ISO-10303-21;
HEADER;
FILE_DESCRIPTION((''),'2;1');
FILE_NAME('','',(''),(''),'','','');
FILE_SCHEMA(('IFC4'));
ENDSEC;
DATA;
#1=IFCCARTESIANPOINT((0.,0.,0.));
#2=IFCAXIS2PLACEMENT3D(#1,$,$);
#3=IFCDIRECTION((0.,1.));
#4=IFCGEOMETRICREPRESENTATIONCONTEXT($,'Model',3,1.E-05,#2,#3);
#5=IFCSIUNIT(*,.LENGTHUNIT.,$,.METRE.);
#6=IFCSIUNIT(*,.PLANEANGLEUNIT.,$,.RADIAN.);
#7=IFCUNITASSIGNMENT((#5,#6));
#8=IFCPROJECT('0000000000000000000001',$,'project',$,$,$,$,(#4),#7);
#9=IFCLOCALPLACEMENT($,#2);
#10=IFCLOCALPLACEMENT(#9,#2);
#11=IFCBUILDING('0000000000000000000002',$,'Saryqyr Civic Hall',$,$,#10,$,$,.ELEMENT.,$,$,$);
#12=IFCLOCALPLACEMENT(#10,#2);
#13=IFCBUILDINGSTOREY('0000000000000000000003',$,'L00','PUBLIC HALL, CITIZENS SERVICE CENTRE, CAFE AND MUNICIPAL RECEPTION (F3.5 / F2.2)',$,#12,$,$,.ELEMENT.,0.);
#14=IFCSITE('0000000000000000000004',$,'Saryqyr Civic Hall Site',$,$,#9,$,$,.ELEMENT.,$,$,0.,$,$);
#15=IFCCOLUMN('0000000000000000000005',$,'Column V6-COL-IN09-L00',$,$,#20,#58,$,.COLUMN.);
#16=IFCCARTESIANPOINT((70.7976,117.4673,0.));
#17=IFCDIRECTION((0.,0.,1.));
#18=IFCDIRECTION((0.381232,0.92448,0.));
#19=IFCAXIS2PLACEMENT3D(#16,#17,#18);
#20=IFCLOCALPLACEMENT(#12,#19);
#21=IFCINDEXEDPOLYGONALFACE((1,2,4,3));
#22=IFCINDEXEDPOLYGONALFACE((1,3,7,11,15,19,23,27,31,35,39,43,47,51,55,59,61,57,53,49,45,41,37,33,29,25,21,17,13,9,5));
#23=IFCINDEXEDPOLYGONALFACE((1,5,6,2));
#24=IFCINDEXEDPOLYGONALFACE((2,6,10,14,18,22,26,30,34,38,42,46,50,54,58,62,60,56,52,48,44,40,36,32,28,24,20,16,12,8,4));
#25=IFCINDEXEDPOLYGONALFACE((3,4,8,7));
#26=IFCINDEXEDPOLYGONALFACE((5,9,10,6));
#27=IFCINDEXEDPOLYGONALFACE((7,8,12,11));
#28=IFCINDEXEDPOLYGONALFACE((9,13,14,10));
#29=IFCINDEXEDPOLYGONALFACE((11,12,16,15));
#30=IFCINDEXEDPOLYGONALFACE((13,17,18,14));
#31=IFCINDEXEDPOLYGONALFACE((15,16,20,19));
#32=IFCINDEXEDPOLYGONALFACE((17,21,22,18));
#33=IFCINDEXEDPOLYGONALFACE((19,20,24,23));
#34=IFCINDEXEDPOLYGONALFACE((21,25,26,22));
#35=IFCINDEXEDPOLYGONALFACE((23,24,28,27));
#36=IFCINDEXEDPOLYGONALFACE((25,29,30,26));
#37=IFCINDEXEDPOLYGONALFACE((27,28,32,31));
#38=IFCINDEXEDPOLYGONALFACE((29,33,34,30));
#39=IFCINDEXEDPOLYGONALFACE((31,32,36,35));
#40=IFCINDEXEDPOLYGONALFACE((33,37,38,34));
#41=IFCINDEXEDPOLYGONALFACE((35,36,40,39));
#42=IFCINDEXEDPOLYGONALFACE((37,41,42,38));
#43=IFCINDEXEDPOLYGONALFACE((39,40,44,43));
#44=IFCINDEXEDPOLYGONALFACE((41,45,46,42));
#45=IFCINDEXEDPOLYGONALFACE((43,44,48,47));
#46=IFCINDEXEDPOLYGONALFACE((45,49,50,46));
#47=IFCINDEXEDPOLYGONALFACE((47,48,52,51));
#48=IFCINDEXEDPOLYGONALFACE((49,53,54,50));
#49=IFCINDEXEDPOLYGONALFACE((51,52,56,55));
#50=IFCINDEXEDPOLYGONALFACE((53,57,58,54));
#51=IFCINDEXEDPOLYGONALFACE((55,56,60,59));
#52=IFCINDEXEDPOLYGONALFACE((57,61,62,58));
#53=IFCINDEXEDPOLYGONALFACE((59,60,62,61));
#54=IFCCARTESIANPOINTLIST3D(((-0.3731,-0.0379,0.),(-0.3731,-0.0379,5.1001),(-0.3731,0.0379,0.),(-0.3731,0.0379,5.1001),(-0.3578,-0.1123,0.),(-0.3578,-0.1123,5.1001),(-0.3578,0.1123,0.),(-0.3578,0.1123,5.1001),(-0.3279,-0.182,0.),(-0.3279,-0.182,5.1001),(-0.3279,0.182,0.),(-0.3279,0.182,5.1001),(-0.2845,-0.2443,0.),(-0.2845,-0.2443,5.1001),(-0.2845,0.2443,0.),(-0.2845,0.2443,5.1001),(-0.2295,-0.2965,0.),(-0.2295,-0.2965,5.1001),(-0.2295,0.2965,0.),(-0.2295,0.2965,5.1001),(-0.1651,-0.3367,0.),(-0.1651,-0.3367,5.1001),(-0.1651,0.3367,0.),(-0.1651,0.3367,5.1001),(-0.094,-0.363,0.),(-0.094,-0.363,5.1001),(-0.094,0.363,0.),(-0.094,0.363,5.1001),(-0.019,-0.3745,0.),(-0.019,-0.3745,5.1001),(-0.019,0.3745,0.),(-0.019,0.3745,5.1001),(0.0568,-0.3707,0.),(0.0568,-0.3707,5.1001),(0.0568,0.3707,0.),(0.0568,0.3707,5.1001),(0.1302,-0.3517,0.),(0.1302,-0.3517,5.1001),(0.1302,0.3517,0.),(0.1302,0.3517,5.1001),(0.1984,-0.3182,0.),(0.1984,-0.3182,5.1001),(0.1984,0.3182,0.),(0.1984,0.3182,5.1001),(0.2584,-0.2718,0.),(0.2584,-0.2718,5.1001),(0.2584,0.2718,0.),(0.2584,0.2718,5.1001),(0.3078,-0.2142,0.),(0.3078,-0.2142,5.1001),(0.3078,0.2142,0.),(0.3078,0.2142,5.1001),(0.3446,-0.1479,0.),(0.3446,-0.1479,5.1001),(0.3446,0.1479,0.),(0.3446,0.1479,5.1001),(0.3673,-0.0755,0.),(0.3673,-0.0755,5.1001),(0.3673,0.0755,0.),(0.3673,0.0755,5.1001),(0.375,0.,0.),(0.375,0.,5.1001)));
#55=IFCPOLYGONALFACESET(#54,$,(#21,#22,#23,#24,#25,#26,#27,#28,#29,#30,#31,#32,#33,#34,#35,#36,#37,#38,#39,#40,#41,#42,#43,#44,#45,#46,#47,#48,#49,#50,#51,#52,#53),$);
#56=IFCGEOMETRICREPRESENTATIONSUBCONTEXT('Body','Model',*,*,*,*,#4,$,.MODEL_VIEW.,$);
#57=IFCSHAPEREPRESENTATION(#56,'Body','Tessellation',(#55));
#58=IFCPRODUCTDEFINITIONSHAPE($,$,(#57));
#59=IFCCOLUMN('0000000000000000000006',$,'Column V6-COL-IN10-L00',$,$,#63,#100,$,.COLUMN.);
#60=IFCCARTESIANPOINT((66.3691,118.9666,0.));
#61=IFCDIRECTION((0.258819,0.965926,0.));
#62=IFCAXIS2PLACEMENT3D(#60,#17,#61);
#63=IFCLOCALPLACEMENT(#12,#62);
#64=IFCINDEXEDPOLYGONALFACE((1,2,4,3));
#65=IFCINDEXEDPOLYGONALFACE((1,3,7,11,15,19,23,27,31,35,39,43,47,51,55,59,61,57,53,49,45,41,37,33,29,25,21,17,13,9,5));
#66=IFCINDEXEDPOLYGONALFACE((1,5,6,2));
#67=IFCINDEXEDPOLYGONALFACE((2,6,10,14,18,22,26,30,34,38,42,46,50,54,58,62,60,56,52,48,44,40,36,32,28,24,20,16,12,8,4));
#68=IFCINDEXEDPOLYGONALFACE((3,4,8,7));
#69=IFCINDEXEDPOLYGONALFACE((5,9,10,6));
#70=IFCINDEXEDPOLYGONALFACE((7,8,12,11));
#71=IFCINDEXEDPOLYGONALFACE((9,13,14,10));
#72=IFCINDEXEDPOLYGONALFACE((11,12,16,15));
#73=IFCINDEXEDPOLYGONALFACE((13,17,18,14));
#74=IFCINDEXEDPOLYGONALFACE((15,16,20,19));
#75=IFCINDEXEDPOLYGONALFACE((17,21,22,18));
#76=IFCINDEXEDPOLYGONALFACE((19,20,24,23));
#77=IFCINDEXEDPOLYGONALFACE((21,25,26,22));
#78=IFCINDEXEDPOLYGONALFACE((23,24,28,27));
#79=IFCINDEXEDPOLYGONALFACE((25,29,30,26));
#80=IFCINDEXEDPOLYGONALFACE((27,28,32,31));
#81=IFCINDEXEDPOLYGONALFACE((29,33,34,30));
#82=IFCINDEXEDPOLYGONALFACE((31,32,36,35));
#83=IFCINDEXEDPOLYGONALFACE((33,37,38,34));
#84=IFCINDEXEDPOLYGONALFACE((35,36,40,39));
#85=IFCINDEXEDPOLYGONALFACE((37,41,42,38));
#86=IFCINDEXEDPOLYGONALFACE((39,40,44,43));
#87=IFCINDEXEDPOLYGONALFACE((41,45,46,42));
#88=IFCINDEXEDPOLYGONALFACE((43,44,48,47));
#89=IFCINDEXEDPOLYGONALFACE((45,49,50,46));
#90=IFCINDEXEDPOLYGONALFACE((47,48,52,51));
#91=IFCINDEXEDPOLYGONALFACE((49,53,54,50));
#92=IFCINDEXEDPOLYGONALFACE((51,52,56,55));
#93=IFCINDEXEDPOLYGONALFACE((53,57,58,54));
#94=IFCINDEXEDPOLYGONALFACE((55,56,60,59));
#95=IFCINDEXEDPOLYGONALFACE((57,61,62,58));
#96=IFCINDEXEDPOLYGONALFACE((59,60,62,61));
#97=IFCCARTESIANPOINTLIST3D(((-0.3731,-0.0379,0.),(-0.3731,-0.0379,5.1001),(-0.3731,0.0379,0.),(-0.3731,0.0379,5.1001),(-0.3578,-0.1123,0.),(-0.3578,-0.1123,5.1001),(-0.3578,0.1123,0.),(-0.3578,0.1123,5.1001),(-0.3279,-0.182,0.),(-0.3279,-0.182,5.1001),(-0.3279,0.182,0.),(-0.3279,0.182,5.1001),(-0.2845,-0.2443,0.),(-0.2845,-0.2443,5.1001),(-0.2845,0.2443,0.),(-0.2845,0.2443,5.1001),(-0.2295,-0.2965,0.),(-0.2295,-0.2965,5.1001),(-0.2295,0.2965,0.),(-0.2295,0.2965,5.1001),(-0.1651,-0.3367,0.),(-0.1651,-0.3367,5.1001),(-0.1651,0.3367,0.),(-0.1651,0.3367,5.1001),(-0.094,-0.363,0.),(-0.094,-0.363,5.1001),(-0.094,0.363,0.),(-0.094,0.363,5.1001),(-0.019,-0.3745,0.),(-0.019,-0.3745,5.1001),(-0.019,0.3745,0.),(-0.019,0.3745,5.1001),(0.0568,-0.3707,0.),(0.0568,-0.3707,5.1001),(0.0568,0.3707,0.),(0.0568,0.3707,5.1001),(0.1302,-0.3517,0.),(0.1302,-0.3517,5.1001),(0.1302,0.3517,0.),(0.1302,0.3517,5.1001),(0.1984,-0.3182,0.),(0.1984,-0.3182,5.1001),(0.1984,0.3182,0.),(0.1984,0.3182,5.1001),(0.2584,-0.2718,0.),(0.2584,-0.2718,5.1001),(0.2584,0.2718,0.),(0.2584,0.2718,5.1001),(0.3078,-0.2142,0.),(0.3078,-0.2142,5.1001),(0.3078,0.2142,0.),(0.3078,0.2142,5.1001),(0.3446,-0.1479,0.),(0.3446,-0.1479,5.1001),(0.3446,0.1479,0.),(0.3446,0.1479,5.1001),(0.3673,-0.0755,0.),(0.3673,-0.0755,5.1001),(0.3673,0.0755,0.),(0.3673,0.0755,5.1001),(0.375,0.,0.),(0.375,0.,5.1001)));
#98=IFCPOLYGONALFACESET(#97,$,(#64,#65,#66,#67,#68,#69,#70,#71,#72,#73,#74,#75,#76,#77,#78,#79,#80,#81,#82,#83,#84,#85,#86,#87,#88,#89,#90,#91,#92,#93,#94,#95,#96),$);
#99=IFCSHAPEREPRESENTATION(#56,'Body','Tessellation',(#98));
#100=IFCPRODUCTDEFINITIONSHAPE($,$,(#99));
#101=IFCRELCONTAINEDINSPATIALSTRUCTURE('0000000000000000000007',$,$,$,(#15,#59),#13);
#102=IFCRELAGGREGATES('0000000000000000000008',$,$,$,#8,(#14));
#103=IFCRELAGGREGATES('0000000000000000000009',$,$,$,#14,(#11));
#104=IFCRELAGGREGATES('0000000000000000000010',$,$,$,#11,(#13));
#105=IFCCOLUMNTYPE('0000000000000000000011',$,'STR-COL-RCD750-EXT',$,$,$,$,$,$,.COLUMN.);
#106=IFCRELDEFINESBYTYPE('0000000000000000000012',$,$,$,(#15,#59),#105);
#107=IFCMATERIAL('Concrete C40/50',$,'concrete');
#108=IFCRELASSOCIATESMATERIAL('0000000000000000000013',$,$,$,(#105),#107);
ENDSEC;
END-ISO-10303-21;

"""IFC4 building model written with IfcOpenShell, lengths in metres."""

from ifc_helpers import new_model, si_unit, direction, frame, origin, origin_2d, place, context, subcontext, project, spatial, circle, extrude, material, material_profile, profile_set, type_object, element, save


model = new_model("IFC4")

# Units and contexts
model_context = context("Model", 3, precision=1e-05, world=origin(), true_north=direction((0.0, 1.0)))
body_context = subcontext(model_context, "Body", "Model", "MODEL_VIEW")
ifc_project = project(units=[si_unit("LENGTHUNIT", "METRE"), si_unit("PLANEANGLEUNIT", "RADIAN")], contexts=[model_context])

# Site, building, storey
site_placement = place(None, origin())
site = spatial("IfcSite", under=ifc_project, at=site_placement, Name="Saryqyr Civic Hall Site", CompositionType="ELEMENT", RefElevation=0.0)
building_placement = place(site_placement, origin())
building = spatial("IfcBuilding", under=site, at=building_placement, Name="Saryqyr Civic Hall", CompositionType="ELEMENT")
storey_placement = place(building_placement, origin())
storey = spatial("IfcBuildingStorey", under=building, at=storey_placement, Name="L00", Description="PUBLIC HALL, CITIZENS SERVICE CENTRE, CAFE AND MUNICIPAL RECEPTION (F3.5 / F2.2)", CompositionType="ELEMENT", Elevation=0.0)

# Columns
ifc_material_1 = material(Name="Concrete C40/50", Category="concrete")
ifc_material_profile_1 = material_profile(ifc_material_1, circle(Radius=0.375, at=origin_2d()), Name="RC D750")
ifc_profile_set_1 = profile_set([ifc_material_profile_1], Name="Concrete C40/50")
column_type_1 = type_object("IfcColumnType", Name="STR-COL-RCD750-EXT", PredefinedType="COLUMN", material=ifc_profile_set_1)
for number, where, z_axis, x_axis, name in (
    (1, (70.7976, 117.4673, 0.0), (0.0, 0.0, 1.0), (0.381232, 0.92448, 0.0), "Column V6-COL-IN09-L00"),
    (2, (66.3691, 118.9666, 0.0), (0.0, 0.0, 1.0), (0.258819, 0.965926, 0.0), "Column V6-COL-IN10-L00"),
):
    element("IfcColumn", number, at=place(storey_placement, frame(where, z_axis=z_axis, x_axis=x_axis)), inside=storey, type_object=column_type_1, Name=name, PredefinedType="COLUMN", context=body_context, shape_type="SweptSolid", body=[
        extrude(circle(Radius=0.375, at=origin_2d()), origin(), (0.0, 0.0, 1.0), 5.1001),
    ])

save(model, "model.ifc")
